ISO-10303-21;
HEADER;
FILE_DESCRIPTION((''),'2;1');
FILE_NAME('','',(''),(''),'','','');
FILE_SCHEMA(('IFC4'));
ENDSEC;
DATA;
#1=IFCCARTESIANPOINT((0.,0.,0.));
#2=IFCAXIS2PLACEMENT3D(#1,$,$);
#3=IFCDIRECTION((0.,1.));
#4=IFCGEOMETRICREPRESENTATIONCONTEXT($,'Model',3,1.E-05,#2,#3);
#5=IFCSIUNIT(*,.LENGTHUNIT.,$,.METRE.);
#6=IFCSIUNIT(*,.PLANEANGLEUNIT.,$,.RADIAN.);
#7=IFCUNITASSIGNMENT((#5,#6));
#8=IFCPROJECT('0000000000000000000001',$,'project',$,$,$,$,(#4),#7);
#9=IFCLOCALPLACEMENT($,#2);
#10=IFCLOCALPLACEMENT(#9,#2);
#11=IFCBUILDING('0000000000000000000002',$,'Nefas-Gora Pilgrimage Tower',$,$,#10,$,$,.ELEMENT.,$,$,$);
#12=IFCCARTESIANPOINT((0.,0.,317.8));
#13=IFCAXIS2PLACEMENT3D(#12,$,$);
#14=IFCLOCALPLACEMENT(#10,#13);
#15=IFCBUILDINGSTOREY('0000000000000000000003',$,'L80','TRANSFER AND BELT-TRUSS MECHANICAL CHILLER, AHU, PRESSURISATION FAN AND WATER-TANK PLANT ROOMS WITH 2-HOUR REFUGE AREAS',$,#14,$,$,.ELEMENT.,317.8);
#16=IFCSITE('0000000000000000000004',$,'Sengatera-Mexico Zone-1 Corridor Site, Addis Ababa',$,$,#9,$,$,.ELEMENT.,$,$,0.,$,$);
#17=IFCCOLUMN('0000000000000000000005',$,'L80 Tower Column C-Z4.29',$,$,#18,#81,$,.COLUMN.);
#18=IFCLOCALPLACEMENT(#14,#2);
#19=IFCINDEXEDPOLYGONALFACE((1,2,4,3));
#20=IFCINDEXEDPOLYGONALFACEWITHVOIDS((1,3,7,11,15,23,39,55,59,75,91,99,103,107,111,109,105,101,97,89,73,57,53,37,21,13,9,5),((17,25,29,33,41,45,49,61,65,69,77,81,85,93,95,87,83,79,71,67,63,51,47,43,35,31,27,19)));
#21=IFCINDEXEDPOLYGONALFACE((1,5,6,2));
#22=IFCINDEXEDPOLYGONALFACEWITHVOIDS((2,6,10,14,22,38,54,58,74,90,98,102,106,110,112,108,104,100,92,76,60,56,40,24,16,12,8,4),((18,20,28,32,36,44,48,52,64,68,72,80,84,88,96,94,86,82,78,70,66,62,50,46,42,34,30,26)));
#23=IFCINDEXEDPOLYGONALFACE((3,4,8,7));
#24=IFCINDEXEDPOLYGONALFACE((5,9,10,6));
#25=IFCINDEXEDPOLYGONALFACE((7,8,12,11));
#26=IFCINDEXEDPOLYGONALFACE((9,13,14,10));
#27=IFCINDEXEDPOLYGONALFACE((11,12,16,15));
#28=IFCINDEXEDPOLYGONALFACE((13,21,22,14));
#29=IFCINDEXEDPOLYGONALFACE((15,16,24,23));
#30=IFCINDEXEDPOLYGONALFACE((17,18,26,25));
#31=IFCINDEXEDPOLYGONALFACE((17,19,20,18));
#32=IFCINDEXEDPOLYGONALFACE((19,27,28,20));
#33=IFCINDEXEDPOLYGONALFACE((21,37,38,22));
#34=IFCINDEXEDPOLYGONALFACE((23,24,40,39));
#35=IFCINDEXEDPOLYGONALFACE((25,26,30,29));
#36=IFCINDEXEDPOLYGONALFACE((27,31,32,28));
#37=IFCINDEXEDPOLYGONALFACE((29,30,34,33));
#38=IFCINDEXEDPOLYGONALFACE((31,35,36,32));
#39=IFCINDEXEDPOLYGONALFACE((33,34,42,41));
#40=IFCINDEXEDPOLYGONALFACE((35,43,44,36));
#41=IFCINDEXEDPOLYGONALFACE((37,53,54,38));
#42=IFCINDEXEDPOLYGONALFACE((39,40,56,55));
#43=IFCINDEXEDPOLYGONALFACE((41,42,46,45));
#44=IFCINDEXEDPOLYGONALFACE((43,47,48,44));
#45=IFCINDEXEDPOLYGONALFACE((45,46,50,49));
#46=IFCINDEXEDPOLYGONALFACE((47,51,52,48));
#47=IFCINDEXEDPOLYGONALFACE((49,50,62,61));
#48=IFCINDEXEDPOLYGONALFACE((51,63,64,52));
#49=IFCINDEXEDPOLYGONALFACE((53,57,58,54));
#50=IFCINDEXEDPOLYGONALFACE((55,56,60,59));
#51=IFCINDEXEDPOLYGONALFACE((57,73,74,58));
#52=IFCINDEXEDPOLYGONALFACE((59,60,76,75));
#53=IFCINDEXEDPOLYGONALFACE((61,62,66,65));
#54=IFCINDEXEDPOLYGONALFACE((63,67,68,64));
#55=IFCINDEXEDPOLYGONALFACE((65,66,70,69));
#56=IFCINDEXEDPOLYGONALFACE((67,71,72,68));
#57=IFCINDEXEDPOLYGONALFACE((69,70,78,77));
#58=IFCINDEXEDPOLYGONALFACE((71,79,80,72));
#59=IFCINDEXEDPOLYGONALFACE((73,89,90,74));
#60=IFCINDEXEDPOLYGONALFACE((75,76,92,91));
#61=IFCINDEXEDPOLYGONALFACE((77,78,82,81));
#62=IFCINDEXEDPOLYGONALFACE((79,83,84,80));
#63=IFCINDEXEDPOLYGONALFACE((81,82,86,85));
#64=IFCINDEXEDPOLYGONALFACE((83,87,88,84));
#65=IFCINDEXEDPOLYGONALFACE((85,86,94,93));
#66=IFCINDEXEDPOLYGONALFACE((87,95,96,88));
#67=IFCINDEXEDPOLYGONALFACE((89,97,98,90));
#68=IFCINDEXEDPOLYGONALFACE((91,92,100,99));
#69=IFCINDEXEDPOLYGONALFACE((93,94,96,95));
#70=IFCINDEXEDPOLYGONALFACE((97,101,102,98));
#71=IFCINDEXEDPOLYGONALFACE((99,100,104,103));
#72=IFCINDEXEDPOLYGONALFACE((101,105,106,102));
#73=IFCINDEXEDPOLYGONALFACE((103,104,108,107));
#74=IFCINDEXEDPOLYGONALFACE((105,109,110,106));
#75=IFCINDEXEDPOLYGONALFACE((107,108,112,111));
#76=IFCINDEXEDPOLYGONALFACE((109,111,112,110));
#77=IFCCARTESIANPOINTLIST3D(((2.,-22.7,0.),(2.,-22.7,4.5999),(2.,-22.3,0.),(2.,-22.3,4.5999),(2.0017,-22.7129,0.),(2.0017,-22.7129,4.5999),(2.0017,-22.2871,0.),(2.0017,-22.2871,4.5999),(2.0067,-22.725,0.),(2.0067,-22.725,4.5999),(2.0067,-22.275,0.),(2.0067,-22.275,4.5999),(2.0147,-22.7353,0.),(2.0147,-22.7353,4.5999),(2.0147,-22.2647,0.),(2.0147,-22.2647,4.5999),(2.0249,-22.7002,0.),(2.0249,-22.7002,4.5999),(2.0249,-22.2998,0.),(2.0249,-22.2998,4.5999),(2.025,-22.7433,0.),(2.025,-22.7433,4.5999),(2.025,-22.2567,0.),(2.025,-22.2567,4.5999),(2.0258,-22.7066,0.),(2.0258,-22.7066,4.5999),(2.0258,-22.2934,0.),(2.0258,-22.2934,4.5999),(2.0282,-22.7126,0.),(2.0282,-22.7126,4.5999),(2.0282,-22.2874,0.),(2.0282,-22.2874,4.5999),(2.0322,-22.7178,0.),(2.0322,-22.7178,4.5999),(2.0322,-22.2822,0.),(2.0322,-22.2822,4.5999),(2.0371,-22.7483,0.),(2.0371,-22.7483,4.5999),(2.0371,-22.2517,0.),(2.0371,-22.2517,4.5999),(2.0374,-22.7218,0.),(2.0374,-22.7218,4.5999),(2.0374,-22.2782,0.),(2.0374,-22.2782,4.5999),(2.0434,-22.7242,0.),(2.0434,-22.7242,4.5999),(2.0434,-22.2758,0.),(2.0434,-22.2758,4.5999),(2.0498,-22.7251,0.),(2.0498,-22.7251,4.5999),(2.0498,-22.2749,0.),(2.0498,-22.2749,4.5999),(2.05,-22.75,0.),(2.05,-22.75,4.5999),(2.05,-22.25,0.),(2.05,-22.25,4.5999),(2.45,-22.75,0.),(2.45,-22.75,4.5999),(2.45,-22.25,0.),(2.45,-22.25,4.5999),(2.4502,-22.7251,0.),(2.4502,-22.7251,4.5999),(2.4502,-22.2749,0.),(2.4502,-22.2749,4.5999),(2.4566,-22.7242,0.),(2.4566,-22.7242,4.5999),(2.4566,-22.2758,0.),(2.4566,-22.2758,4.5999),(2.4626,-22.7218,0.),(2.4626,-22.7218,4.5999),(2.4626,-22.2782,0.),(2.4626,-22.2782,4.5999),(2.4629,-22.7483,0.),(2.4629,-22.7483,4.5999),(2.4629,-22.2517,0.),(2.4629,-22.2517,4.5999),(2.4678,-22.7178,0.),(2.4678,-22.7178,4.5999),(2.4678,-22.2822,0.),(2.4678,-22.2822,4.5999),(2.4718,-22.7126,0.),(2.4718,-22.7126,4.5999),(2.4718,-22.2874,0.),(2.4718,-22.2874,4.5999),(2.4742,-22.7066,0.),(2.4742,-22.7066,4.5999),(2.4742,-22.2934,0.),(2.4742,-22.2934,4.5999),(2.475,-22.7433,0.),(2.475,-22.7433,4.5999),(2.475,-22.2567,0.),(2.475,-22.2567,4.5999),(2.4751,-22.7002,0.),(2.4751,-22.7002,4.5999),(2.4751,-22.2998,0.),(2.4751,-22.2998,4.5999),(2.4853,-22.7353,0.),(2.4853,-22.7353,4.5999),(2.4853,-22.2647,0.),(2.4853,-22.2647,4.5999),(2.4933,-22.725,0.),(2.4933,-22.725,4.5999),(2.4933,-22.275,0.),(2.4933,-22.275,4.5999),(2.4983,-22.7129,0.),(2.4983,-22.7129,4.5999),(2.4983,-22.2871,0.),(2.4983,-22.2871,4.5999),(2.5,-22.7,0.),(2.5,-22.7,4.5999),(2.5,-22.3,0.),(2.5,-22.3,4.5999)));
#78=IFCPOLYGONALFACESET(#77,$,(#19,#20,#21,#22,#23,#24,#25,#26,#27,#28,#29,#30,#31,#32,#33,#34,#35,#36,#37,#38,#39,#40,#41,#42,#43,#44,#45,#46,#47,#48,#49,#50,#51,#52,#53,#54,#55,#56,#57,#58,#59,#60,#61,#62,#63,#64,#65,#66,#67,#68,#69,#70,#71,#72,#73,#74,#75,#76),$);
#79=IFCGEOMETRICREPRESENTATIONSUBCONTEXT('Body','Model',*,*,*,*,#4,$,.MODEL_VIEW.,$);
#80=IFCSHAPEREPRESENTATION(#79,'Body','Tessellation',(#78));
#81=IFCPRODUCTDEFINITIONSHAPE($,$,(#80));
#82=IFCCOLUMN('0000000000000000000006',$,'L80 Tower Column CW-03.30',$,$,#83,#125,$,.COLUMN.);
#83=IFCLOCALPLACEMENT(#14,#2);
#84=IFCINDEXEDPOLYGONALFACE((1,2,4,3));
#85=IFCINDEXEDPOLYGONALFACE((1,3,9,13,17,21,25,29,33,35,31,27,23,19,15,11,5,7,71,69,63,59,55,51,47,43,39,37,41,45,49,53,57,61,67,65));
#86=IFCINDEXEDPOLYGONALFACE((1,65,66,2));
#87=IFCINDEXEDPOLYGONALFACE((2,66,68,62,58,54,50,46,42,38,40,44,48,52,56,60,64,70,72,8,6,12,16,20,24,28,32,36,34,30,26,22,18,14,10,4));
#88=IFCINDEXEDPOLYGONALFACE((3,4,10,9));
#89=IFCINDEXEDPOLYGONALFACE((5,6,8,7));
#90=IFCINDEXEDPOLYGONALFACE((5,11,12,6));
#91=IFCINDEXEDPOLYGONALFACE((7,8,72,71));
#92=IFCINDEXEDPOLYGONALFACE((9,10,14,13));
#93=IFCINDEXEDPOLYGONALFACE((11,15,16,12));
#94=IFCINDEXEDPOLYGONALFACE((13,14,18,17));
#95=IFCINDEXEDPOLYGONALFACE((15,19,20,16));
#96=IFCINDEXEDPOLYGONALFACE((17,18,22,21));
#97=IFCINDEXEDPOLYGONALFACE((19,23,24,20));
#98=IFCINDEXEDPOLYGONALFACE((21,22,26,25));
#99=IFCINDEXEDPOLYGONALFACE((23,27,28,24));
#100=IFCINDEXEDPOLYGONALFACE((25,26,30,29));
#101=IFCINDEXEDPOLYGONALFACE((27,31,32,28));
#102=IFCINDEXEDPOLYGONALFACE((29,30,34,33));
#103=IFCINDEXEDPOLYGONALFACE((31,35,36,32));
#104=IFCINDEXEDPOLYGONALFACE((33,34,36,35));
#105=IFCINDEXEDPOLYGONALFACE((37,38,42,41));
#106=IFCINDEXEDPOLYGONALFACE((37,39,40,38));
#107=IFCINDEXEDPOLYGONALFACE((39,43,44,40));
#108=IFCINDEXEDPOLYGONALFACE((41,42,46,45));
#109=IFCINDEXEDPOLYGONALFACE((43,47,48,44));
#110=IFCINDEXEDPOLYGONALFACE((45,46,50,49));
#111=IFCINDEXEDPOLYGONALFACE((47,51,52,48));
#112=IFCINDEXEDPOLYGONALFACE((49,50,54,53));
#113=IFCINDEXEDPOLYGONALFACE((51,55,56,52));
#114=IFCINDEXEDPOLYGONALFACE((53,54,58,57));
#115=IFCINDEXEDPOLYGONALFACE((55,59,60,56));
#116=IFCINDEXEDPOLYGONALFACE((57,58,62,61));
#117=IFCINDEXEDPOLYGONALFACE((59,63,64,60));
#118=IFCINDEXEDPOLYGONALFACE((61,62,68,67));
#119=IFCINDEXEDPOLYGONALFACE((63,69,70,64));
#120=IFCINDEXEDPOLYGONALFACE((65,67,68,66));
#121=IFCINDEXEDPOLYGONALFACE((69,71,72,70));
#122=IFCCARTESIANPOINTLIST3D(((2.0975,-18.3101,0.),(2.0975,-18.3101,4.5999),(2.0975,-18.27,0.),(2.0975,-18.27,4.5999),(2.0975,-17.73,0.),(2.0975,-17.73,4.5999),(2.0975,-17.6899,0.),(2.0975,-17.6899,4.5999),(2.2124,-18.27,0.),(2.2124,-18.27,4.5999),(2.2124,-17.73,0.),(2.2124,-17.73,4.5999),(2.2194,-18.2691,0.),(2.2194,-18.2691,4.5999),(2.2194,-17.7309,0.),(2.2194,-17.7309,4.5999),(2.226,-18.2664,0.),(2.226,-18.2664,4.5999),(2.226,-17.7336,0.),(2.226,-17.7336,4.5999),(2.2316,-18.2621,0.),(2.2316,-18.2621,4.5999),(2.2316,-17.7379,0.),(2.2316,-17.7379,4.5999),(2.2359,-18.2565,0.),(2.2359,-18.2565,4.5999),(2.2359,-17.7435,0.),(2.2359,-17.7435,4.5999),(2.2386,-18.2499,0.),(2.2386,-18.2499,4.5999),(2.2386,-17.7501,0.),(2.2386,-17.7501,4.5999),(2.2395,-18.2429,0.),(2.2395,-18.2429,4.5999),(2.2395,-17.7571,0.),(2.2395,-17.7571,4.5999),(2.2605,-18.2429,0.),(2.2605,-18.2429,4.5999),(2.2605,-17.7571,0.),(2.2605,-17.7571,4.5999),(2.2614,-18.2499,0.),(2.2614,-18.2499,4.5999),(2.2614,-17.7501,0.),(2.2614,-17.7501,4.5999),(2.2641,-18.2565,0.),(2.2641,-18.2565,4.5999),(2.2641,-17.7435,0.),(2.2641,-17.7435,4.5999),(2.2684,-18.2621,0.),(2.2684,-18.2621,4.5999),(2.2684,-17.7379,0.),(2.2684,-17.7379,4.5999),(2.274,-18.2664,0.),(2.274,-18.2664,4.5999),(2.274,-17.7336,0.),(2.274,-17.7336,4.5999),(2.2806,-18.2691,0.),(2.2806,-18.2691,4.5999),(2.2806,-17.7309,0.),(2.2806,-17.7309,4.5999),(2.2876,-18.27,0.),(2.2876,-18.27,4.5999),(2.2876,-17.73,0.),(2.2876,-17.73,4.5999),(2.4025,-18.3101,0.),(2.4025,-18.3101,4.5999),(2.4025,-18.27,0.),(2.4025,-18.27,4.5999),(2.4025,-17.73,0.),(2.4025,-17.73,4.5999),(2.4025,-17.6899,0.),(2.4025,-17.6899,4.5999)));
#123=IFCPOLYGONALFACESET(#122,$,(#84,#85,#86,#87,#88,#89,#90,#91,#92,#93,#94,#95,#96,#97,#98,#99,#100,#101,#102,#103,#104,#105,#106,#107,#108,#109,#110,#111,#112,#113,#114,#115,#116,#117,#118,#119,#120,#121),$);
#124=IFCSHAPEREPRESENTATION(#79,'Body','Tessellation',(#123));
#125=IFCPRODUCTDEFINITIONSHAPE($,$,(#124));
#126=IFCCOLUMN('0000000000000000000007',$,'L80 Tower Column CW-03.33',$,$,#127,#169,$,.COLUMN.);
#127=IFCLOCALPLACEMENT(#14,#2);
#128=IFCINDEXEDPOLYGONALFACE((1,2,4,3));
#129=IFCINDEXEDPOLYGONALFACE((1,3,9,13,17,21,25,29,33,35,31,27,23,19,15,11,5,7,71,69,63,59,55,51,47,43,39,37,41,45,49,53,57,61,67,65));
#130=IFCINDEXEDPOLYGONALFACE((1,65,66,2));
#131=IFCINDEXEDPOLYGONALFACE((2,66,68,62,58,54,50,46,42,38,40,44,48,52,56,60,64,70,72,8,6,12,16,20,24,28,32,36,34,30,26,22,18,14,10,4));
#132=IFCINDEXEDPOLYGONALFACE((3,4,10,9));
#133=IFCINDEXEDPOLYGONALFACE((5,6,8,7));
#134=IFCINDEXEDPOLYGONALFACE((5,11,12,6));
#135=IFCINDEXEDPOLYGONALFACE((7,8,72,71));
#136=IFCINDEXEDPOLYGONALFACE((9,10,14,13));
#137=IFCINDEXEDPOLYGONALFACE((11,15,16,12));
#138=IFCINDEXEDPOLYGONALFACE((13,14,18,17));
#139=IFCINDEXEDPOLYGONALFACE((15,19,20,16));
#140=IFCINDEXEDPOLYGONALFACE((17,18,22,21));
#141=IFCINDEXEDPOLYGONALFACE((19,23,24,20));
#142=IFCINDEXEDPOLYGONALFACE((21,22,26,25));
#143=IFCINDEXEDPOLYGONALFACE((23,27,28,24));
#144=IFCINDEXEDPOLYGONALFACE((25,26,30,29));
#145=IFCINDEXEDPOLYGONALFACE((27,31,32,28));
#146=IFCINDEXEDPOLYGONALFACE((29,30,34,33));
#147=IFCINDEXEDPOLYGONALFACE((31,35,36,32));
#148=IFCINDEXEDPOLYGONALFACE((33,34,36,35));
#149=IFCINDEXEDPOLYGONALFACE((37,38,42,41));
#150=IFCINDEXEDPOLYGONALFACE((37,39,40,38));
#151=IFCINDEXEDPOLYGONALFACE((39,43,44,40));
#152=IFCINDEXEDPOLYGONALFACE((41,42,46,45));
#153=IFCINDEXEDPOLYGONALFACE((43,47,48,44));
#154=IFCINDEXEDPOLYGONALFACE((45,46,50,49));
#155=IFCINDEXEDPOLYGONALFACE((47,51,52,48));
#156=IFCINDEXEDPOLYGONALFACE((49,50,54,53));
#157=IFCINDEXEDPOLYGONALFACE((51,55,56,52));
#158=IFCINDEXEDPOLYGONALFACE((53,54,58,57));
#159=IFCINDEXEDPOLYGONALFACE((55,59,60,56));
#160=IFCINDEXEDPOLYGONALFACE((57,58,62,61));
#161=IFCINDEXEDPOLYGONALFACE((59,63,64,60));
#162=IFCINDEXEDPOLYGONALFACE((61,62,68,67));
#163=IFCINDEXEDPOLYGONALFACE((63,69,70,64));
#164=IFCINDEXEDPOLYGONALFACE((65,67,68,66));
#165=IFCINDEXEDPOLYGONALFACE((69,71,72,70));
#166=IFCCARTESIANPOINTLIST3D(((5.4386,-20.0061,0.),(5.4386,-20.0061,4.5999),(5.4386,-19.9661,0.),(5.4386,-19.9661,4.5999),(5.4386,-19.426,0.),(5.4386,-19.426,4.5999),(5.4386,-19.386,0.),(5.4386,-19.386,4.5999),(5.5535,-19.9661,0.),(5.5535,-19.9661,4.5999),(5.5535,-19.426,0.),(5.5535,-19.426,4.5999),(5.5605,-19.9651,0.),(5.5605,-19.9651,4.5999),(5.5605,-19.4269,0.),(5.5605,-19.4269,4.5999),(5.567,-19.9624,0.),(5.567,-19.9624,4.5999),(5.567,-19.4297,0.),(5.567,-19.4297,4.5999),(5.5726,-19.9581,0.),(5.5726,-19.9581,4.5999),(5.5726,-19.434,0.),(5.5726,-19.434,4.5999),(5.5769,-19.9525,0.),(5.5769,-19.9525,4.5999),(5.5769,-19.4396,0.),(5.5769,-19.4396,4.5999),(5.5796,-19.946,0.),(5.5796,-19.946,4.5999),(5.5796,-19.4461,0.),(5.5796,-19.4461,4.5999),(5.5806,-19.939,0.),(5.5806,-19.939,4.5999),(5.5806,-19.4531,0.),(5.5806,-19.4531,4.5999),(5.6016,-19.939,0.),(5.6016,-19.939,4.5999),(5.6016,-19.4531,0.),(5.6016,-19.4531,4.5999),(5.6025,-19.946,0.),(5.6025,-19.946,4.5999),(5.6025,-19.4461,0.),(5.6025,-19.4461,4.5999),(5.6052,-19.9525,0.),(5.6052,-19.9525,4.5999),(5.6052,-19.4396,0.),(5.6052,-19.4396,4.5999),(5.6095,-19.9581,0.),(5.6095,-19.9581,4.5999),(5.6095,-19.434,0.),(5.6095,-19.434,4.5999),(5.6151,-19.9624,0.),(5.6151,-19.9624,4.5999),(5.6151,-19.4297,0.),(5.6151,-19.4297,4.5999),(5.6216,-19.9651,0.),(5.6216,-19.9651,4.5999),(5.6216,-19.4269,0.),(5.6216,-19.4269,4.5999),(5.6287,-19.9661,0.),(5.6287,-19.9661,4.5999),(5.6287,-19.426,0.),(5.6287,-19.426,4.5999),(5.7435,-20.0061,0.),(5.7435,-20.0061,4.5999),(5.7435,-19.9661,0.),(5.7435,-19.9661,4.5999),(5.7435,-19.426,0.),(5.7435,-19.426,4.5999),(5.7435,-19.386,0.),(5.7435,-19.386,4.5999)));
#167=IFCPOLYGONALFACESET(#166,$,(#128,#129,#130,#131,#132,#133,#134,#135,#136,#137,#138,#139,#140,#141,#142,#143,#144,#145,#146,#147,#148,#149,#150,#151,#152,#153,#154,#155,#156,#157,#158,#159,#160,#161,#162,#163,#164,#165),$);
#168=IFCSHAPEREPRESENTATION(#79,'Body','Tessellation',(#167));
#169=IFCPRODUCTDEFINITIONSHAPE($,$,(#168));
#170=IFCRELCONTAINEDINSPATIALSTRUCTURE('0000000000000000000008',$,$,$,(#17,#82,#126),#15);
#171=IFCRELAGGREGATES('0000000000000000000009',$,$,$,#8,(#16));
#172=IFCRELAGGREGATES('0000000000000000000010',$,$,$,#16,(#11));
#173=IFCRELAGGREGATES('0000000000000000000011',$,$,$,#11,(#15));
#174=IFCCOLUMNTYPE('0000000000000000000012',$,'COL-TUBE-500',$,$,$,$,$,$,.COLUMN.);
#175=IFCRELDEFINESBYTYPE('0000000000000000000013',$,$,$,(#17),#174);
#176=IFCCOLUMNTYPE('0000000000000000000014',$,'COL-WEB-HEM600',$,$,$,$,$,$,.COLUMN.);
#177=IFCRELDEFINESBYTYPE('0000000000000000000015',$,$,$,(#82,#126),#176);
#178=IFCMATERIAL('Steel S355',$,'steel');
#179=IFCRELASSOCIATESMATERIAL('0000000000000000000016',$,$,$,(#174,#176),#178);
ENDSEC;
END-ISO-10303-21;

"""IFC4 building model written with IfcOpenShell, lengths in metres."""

from ifc_helpers import new_model, si_unit, direction, frame, origin, origin_2d, place, context, subcontext, project, spatial, hollow_rectangle, i_section, extrude, source, transform, mapped, material, material_profile, profile_set, type_object, element, save


model = new_model("IFC4")

# Units and contexts
model_context = context("Model", 3, precision=1e-05, world=origin(), true_north=direction((0.0, 1.0)))
body_context = subcontext(model_context, "Body", "Model", "MODEL_VIEW")
ifc_project = project(units=[si_unit("LENGTHUNIT", "METRE"), si_unit("PLANEANGLEUNIT", "RADIAN")], contexts=[model_context])

# Site, building, storey
site_placement = place(None, origin())
site = spatial("IfcSite", under=ifc_project, at=site_placement, Name="Sengatera-Mexico Zone-1 Corridor Site, Addis Ababa", CompositionType="ELEMENT", RefElevation=0.0)
building_placement = place(site_placement, origin())
building = spatial("IfcBuilding", under=site, at=building_placement, Name="Nefas-Gora Pilgrimage Tower", CompositionType="ELEMENT")
storey_placement = place(building_placement, frame((0.0, 0.0, 317.8)))
storey = spatial("IfcBuildingStorey", under=building, at=storey_placement, Name="L80", Description="TRANSFER AND BELT-TRUSS MECHANICAL CHILLER, AHU, PRESSURISATION FAN AND WATER-TANK PLANT ROOMS WITH 2-HOUR REFUGE AREAS", CompositionType="ELEMENT", Elevation=317.8)

# Columns
ifc_material_1 = material(Name="Steel S355", Category="steel")
ifc_material_profile_1 = material_profile(ifc_material_1, hollow_rectangle(XDim=0.5, YDim=0.5, WallThickness=0.0249, InnerFilletRadius=0.0249, OuterFilletRadius=0.05, at=origin_2d()), Name="SHS 500x500x25")
ifc_profile_set_1 = profile_set([ifc_material_profile_1], Name="Steel S355")
column_type_1 = type_object("IfcColumnType", Name="COL-TUBE-500", PredefinedType="COLUMN", material=ifc_profile_set_1)
shared_shape_1 = source(origin(), body_context, "Body", "SweptSolid", [
    extrude(hollow_rectangle(XDim=0.5, YDim=0.5, WallThickness=0.0249, InnerFilletRadius=0.0249, OuterFilletRadius=0.05, at=origin_2d()), origin(), (0.0, 0.0, 1.0), 4.5999),
])
column_1_placement = place(storey_placement, frame((2.25, -22.5, 0.0), z_axis=(0.0, 0.0, 1.0), x_axis=(1.0, 0.0, 0.0)))
element("IfcColumn", 1, at=column_1_placement, inside=storey, type_object=column_type_1, Name="L80 Tower Column C-Z4.29", PredefinedType="COLUMN", context=body_context, shape_type="MappedRepresentation", body=[
    mapped(shared_shape_1, transform((0.0, 0.0, 0.0), x_axis=(1.0, 0.0, 0.0), y_axis=(0.0, 1.0, 0.0), z_axis=(0.0, 0.0, 1.0), scale=1.0)),
])
ifc_material_profile_2 = material_profile(ifc_material_1, i_section(OverallWidth=0.3049, OverallDepth=0.6201, WebThickness=0.021, FlangeThickness=0.04, FilletRadius=0.0271, at=origin_2d()), Name="HEM 600")
ifc_profile_set_2 = profile_set([ifc_material_profile_2], Name="Steel S355")
column_type_2 = type_object("IfcColumnType", Name="COL-WEB-HEM600", PredefinedType="COLUMN", material=ifc_profile_set_2)
shared_shape_2 = source(origin(), body_context, "Body", "SweptSolid", [
    extrude(i_section(OverallWidth=0.3049, OverallDepth=0.6201, WebThickness=0.021, FlangeThickness=0.04, FilletRadius=0.0271, at=origin_2d()), origin(), (0.0, 0.0, 1.0), 4.5999),
])
for number, where, z_axis, x_axis, name in (
    (2, (2.25, -18.0, 0.0), (0.0, 0.0, 1.0), (1.0, 0.0, 0.0), "L80 Tower Column CW-03.30"),
    (3, (5.5911, -19.696, 0.0), (0.0, 0.0, 1.0), (1.0, 0.0, 0.0), "L80 Tower Column CW-03.33"),
):
    element("IfcColumn", number, at=place(storey_placement, frame(where, z_axis=z_axis, x_axis=x_axis)), inside=storey, type_object=column_type_2, Name=name, PredefinedType="COLUMN", context=body_context, shape_type="MappedRepresentation", body=[
        mapped(shared_shape_2, transform((0.0, 0.0, 0.0), x_axis=(1.0, 0.0, 0.0), y_axis=(0.0, 1.0, 0.0), z_axis=(0.0, 0.0, 1.0), scale=1.0)),
    ])

save(model, "model.ifc")
